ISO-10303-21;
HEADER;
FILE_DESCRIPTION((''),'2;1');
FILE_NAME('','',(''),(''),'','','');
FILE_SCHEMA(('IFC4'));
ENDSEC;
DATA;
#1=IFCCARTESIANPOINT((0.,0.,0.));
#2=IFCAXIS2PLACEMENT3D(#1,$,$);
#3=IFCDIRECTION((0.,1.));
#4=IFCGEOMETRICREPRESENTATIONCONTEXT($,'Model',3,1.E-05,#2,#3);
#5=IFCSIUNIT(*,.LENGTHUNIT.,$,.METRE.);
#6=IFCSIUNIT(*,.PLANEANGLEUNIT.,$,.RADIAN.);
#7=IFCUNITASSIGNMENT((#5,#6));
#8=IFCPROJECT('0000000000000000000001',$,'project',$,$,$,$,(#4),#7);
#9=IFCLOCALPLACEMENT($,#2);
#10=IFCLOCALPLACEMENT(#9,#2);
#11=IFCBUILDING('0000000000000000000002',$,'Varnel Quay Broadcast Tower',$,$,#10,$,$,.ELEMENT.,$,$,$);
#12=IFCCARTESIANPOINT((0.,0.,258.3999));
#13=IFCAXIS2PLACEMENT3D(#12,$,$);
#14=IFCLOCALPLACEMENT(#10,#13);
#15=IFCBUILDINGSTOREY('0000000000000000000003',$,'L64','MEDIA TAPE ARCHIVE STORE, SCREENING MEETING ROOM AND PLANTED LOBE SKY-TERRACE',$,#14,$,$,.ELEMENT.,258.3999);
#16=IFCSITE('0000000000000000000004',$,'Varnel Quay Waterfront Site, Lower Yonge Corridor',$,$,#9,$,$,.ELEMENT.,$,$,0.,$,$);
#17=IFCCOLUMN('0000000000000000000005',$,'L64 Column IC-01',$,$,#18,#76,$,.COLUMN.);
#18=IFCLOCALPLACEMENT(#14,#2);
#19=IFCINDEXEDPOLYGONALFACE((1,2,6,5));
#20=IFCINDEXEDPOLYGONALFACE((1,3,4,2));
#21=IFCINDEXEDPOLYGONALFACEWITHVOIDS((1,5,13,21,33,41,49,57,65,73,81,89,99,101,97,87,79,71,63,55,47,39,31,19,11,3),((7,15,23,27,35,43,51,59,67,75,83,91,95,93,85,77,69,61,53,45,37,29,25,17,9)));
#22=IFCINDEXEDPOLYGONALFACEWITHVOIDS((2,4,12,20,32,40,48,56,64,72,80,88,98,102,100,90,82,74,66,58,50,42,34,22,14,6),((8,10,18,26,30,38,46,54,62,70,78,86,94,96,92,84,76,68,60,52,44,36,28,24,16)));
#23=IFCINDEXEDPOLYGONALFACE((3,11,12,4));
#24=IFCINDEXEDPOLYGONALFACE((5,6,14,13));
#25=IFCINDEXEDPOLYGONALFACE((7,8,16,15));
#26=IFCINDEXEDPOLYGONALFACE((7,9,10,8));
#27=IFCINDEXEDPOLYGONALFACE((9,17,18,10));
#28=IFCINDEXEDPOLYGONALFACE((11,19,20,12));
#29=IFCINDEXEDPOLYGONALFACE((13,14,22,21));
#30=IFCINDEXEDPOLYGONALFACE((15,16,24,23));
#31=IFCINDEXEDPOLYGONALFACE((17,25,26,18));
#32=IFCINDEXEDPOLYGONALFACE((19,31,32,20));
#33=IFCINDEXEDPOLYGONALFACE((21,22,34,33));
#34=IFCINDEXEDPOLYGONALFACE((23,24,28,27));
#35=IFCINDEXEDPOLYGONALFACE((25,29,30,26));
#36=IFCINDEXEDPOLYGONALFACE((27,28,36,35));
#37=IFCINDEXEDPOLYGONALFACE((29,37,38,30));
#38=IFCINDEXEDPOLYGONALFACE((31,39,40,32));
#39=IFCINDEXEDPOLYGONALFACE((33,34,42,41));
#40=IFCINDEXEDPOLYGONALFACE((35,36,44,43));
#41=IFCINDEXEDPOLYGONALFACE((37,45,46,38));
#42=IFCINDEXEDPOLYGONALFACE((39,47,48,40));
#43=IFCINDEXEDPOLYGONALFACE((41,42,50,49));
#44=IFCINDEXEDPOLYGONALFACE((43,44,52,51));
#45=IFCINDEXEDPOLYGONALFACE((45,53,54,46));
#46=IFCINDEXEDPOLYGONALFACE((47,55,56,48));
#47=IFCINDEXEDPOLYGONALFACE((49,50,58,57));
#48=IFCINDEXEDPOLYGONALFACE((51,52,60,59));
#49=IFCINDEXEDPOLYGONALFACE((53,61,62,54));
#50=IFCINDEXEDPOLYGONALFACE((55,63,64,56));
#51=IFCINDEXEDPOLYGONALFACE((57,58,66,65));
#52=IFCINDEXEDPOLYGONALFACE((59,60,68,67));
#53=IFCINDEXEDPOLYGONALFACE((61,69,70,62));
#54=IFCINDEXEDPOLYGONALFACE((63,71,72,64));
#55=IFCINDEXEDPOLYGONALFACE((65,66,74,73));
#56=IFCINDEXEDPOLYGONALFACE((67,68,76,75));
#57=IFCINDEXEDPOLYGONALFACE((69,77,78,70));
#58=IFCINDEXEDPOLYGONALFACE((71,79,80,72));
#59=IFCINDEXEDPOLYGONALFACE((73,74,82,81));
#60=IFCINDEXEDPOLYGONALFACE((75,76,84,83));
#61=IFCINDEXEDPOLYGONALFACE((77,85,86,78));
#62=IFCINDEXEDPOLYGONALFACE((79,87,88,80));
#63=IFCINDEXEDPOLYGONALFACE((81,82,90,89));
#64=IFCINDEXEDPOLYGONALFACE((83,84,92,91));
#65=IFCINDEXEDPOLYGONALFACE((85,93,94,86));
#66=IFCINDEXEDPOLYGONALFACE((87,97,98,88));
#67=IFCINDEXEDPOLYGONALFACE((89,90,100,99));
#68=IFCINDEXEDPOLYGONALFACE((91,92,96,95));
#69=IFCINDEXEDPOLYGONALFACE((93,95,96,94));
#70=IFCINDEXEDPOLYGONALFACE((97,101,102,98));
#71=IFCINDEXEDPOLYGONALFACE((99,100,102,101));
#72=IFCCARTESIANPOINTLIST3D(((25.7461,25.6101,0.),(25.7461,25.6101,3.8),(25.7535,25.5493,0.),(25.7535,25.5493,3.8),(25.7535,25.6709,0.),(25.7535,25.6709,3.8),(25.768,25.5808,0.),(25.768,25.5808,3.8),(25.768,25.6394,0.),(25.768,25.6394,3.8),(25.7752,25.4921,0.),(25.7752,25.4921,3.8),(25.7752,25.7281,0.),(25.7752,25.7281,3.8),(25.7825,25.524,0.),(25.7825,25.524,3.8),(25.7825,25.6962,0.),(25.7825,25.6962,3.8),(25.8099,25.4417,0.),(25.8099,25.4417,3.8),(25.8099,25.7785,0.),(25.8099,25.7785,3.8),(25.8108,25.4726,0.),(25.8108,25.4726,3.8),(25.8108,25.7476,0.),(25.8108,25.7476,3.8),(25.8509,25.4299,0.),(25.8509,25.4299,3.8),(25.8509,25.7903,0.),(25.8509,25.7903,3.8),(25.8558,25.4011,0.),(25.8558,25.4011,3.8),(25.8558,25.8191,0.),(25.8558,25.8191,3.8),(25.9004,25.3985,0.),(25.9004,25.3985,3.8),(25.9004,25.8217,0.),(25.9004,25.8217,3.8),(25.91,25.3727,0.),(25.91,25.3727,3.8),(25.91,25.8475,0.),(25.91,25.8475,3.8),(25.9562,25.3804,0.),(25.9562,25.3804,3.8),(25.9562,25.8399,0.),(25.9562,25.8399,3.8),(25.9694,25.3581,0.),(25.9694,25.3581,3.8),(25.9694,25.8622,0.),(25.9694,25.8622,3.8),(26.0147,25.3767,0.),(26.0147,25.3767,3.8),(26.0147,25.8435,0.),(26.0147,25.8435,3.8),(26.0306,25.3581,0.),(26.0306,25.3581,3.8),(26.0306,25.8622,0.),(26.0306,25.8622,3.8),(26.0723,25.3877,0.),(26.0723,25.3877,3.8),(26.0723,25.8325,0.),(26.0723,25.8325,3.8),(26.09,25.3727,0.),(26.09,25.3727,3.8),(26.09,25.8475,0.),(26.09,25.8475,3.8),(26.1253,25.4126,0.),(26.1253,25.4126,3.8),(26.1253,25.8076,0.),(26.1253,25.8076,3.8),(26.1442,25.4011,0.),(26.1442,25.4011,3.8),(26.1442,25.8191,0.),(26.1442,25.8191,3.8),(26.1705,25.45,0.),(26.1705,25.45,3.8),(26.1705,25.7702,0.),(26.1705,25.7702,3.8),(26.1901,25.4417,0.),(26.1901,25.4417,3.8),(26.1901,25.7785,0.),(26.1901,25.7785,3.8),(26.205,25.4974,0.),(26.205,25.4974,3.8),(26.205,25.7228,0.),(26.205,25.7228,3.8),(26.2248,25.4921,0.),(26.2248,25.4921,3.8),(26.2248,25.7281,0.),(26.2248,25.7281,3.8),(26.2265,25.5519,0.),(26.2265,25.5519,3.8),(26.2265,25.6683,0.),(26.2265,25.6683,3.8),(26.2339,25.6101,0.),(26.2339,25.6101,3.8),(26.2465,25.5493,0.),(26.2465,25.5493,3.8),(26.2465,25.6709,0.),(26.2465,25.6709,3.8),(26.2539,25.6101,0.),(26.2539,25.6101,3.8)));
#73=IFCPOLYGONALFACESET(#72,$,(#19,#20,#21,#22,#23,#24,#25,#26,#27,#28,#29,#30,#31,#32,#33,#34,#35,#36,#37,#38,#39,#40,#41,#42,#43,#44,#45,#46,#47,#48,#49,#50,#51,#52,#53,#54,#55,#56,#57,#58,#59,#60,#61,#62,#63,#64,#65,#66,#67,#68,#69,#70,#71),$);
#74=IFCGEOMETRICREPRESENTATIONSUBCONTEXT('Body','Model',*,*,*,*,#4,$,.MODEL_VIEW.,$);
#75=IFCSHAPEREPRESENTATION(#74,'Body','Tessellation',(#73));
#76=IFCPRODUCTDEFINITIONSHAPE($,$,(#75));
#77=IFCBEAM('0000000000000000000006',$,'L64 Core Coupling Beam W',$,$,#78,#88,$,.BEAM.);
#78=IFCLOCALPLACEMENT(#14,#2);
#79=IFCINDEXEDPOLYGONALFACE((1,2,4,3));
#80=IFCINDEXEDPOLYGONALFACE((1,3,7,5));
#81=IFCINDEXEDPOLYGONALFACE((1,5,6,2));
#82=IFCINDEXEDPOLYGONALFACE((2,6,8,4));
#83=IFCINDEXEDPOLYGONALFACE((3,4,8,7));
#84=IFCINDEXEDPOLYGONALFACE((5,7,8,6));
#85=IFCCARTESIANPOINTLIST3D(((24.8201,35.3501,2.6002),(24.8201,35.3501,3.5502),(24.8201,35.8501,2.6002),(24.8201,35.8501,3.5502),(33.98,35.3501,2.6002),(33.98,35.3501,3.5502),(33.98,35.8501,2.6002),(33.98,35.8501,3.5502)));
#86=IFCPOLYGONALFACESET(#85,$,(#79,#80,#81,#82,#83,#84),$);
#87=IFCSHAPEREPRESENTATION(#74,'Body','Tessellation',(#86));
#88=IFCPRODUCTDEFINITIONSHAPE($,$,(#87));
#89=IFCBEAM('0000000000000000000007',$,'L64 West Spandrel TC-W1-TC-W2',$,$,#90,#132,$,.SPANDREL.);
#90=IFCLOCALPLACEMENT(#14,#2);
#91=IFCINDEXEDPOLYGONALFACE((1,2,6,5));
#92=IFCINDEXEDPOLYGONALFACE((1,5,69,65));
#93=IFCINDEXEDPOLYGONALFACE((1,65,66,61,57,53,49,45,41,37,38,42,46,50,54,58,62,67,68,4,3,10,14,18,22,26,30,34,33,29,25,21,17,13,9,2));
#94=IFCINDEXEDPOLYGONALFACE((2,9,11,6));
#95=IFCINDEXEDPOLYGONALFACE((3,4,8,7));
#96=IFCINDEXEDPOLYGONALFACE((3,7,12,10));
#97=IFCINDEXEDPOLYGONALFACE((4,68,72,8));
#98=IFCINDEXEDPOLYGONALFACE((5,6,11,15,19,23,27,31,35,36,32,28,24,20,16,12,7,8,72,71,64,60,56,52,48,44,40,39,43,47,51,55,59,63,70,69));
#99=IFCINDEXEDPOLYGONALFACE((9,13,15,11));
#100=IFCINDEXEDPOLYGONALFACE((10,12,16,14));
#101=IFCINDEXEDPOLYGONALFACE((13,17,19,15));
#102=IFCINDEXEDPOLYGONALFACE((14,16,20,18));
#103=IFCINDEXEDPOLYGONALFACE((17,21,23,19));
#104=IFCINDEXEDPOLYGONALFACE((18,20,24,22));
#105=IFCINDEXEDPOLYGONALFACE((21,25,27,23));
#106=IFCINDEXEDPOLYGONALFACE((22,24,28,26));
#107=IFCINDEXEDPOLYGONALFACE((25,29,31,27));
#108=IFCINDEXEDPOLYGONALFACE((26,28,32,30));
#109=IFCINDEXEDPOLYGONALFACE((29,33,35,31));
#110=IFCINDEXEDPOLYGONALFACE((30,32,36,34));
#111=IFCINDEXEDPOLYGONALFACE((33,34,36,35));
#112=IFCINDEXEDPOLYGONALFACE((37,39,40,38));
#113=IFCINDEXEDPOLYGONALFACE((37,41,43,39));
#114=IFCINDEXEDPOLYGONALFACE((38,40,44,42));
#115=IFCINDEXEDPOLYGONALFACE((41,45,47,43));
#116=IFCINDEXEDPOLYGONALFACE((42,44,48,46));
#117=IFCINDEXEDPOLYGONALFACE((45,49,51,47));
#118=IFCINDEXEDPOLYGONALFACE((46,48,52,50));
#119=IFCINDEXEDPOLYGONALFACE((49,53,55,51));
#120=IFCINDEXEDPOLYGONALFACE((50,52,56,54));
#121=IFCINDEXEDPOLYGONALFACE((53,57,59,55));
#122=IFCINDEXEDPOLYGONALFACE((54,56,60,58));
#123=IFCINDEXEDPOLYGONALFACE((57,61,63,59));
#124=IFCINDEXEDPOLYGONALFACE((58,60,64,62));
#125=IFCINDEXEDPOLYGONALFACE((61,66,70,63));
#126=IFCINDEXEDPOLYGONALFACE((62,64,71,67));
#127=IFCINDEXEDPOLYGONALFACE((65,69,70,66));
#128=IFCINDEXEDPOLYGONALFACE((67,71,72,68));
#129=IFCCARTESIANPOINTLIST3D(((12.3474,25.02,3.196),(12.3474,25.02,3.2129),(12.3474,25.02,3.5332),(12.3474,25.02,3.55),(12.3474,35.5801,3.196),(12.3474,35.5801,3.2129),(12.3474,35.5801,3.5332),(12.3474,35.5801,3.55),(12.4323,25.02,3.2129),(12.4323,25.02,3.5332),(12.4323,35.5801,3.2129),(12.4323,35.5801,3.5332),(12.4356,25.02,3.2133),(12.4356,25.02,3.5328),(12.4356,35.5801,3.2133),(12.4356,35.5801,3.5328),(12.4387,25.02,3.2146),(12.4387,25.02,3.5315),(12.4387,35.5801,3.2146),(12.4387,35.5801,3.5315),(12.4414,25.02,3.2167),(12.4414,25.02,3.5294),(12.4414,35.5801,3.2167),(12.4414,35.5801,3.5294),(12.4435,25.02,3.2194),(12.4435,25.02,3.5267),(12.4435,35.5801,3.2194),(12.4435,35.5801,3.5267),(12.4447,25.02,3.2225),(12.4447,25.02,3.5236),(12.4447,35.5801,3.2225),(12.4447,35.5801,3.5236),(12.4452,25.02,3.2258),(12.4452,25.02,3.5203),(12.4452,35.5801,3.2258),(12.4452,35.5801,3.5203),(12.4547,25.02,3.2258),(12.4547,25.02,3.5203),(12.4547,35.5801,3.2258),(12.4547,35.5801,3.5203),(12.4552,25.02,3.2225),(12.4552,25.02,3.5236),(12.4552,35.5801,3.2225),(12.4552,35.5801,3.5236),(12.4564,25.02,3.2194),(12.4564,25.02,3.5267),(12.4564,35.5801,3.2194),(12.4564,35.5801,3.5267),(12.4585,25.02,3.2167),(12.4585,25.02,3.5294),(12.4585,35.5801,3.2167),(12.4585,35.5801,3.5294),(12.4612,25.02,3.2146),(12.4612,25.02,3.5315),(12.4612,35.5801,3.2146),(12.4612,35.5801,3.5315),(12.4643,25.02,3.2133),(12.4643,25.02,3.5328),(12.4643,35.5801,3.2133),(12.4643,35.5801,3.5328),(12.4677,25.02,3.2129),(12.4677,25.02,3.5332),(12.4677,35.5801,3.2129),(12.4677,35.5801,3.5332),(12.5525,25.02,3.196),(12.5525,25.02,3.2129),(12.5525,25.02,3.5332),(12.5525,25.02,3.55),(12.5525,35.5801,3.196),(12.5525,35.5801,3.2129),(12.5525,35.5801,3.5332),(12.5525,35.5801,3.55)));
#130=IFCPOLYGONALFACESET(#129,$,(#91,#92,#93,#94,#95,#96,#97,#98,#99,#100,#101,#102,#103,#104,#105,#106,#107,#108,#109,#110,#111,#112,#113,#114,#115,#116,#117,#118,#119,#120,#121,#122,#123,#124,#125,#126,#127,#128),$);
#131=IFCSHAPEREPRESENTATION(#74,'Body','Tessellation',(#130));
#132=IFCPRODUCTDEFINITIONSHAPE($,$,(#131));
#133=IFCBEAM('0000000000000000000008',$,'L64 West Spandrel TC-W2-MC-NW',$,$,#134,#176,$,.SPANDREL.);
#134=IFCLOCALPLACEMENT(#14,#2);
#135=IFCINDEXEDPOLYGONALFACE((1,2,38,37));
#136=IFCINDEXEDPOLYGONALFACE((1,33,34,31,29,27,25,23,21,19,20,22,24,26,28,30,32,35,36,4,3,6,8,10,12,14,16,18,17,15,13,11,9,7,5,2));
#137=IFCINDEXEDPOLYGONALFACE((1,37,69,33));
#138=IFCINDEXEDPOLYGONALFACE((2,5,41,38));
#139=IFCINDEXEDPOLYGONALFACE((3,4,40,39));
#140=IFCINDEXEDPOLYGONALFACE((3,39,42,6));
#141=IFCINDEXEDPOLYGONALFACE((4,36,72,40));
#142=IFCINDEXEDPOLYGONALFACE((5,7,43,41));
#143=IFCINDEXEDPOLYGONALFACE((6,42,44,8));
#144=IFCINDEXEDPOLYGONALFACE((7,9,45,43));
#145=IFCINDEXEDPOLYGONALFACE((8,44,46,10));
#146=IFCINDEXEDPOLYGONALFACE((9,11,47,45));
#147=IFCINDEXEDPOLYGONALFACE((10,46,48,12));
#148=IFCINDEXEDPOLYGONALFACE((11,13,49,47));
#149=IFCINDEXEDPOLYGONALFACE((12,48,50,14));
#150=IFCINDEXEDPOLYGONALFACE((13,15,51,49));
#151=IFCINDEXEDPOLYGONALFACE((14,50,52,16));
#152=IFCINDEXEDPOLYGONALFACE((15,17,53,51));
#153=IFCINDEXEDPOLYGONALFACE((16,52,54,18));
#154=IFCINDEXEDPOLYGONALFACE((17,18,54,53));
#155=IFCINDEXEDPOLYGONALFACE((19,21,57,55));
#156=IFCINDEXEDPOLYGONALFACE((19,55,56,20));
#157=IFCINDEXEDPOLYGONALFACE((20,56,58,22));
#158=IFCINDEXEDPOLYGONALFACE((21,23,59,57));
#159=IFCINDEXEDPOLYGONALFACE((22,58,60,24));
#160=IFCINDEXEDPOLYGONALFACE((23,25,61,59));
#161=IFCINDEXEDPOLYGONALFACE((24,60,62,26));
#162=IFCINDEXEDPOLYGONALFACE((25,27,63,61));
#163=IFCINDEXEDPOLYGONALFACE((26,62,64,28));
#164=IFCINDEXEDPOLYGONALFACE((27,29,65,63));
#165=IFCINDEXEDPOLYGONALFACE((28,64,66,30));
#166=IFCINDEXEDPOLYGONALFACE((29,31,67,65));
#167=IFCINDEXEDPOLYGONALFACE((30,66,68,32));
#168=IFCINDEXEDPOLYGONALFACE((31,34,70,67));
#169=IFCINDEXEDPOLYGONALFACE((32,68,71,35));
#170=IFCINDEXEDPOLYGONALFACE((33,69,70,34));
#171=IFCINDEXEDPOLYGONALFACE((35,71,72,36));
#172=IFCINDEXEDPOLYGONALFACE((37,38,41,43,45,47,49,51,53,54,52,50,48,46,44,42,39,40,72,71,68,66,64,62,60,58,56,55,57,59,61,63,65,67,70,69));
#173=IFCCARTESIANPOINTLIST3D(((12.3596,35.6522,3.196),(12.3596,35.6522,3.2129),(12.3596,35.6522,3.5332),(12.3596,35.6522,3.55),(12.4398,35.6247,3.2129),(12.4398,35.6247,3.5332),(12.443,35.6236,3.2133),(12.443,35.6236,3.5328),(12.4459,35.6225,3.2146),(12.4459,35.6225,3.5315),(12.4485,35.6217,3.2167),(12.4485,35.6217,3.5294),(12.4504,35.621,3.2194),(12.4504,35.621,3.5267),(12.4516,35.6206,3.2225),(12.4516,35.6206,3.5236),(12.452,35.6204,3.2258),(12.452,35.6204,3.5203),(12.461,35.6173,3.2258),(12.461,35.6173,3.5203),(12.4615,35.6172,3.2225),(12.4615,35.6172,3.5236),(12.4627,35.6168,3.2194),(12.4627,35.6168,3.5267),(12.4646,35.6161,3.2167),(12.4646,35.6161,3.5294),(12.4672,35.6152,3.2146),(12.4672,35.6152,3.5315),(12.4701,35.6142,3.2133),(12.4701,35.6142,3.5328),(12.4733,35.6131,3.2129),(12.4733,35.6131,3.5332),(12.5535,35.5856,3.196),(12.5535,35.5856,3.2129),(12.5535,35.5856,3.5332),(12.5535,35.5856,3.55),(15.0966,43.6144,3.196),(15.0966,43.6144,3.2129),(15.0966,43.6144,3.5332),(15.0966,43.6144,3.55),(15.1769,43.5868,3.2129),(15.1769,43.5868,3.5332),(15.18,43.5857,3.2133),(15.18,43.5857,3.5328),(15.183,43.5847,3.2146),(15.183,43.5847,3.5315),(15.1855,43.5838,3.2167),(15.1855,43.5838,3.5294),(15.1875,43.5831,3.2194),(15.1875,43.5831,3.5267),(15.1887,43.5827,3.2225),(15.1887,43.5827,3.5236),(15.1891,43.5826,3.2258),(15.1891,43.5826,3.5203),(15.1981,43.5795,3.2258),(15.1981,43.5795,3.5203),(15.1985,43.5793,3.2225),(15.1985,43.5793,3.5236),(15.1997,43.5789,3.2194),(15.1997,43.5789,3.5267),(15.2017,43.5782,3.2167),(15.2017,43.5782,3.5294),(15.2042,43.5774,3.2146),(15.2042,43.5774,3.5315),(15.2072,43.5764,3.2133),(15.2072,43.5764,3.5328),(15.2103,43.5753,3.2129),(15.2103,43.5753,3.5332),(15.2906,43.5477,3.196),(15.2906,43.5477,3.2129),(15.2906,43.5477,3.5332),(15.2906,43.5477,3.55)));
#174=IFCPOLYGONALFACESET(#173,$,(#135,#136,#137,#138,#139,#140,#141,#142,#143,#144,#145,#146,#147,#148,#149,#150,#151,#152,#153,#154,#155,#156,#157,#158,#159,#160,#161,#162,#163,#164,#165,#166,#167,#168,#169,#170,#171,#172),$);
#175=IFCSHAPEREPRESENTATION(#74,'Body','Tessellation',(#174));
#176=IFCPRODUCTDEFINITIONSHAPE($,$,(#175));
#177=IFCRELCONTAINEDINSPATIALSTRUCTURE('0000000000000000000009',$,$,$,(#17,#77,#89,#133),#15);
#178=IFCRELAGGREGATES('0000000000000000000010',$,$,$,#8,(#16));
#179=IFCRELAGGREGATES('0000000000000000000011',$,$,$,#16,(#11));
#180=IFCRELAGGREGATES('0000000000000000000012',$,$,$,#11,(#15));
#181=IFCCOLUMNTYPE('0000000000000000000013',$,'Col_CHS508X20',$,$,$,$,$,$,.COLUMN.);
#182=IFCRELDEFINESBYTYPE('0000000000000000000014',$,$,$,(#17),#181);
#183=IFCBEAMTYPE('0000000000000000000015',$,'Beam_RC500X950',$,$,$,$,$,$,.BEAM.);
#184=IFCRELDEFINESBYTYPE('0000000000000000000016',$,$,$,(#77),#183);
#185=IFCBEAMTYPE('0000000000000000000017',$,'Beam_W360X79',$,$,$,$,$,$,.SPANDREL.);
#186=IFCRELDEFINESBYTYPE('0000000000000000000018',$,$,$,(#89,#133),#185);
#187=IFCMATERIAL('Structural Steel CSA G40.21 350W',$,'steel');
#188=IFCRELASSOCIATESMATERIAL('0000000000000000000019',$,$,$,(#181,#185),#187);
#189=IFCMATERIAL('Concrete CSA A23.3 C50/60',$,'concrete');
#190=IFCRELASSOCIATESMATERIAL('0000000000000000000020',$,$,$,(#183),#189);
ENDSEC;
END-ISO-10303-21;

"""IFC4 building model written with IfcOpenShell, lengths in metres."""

from ifc_helpers import new_model, si_unit, direction, frame, origin, origin_2d, place, context, subcontext, project, spatial, rectangle, hollow_circle, i_section, extrude, source, transform, mapped, material, material_profile, profile_set, type_object, type_shapes, element, save


model = new_model("IFC4")

# Units and contexts
model_context = context("Model", 3, precision=1e-05, world=origin(), true_north=direction((0.0, 1.0)))
body_context = subcontext(model_context, "Body", "Model", "MODEL_VIEW")
ifc_project = project(units=[si_unit("LENGTHUNIT", "METRE"), si_unit("PLANEANGLEUNIT", "RADIAN")], contexts=[model_context])

# Site, building, storey
site_placement = place(None, origin())
site = spatial("IfcSite", under=ifc_project, at=site_placement, Name="Varnel Quay Waterfront Site, Lower Yonge Corridor", CompositionType="ELEMENT", RefElevation=0.0)
building_placement = place(site_placement, origin())
building = spatial("IfcBuilding", under=site, at=building_placement, Name="Varnel Quay Broadcast Tower", CompositionType="ELEMENT")
storey_placement = place(building_placement, frame((0.0, 0.0, 258.3999)))
storey = spatial("IfcBuildingStorey", under=building, at=storey_placement, Name="L64", Description="MEDIA TAPE ARCHIVE STORE, SCREENING MEETING ROOM AND PLANTED LOBE SKY-TERRACE", CompositionType="ELEMENT", Elevation=258.3999)

# Column
ifc_material_1 = material(Name="Structural Steel CSA G40.21 350W", Category="steel")
ifc_material_profile_1 = material_profile(ifc_material_1, hollow_circle(Radius=0.2539, WallThickness=0.02, at=origin_2d()), Name="CHS508X20")
ifc_profile_set_1 = profile_set([ifc_material_profile_1], Name="Structural Steel CSA G40.21 350W")
column_type_1 = type_object("IfcColumnType", Name="Col_CHS508X20", PredefinedType="COLUMN", material=ifc_profile_set_1)
shared_shape_1 = source(origin(), body_context, "Body", "SweptSolid", [
    extrude(hollow_circle(Radius=0.2539, WallThickness=0.02, at=origin_2d()), origin(), (0.0, 0.0, 1.0), 3.8),
])
type_shapes(column_type_1, [shared_shape_1])
column_placement = place(storey_placement, frame((26.0, 25.6101, 0.0), z_axis=(0.0, 0.0, 1.0), x_axis=(1.0, 0.0, 0.0)))
element("IfcColumn", 1, at=column_placement, inside=storey, type_object=column_type_1, Name="L64 Column IC-01", PredefinedType="COLUMN", context=body_context, shape_type="MappedRepresentation", body=[
    mapped(shared_shape_1, transform((0.0, 0.0, 0.0), x_axis=(1.0, 0.0, 0.0), y_axis=(0.0, 1.0, 0.0), z_axis=(0.0, 0.0, 1.0), scale=1.0)),
])

# Beams
ifc_material_2 = material(Name="Concrete CSA A23.3 C50/60", Category="concrete")
ifc_material_profile_2 = material_profile(ifc_material_2, rectangle(XDim=0.5, YDim=0.95, at=origin_2d()), Name="RC500X950")
ifc_profile_set_2 = profile_set([ifc_material_profile_2], Name="Concrete CSA A23.3 C50/60")
beam_type_1 = type_object("IfcBeamType", Name="Beam_RC500X950", PredefinedType="BEAM", material=ifc_profile_set_2)
shared_shape_2 = source(origin(), body_context, "Body", "SweptSolid", [
    extrude(rectangle(XDim=0.5, YDim=0.95, at=origin_2d()), origin(), (0.0, 0.0, 1.0), 9.1599),
])
type_shapes(beam_type_1, [shared_shape_2])
beam_1_placement = place(storey_placement, frame((24.8201, 35.6001, 3.0752), z_axis=(1.0, 0.0, 0.0), x_axis=(0.0, 1.0, 0.0)))
element("IfcBeam", 2, at=beam_1_placement, inside=storey, type_object=beam_type_1, Name="L64 Core Coupling Beam W", PredefinedType="BEAM", context=body_context, shape_type="MappedRepresentation", body=[
    mapped(shared_shape_2, transform((0.0, 0.0, 0.0), x_axis=(1.0, 0.0, 0.0), y_axis=(0.0, 1.0, 0.0), z_axis=(0.0, 0.0, 1.0), scale=1.0)),
])
ifc_material_profile_3 = material_profile(ifc_material_1, i_section(OverallWidth=0.2051, OverallDepth=0.354, WebThickness=0.0095, FlangeThickness=0.0168, FilletRadius=0.0129, at=origin_2d()), Name="W360X79")
ifc_profile_set_3 = profile_set([ifc_material_profile_3], Name="Structural Steel CSA G40.21 350W")
beam_type_2 = type_object("IfcBeamType", Name="Beam_W360X79", PredefinedType="SPANDREL", material=ifc_profile_set_3)
shared_shape_3 = source(origin(), body_context, "Body", "SweptSolid", [
    extrude(i_section(OverallWidth=0.2051, OverallDepth=0.354, WebThickness=0.0095, FlangeThickness=0.0168, FilletRadius=0.0129, at=origin_2d()), origin(), (0.0, 0.0, 1.0), 10.5601),
])
beam_2_placement = place(storey_placement, frame((12.45, 25.02, 3.373), z_axis=(0.0, 1.0, 0.0), x_axis=(-1.0, 0.0, 0.0)))
element("IfcBeam", 3, at=beam_2_placement, inside=storey, type_object=beam_type_2, Name="L64 West Spandrel TC-W1-TC-W2", PredefinedType="SPANDREL", context=body_context, shape_type="MappedRepresentation", body=[
    mapped(shared_shape_3, transform((0.0, 0.0, 0.0), x_axis=(1.0, 0.0, 0.0), y_axis=(0.0, 1.0, 0.0), z_axis=(0.0, 0.0, 1.0), scale=1.0)),
])
shared_shape_4 = source(origin(), body_context, "Body", "SweptSolid", [
    extrude(i_section(OverallWidth=0.2051, OverallDepth=0.354, WebThickness=0.0095, FlangeThickness=0.0168, FilletRadius=0.0129, at=origin_2d()), origin(), (0.0, 0.0, 1.0), 8.4194),
])
type_shapes(beam_type_2, [shared_shape_3, shared_shape_4])
beam_3_placement = place(storey_placement, frame((12.4565, 35.6189, 3.373), z_axis=(0.325087, 0.945684, 0.0), x_axis=(-0.945684, 0.325087, 0.0)))
element("IfcBeam", 4, at=beam_3_placement, inside=storey, type_object=beam_type_2, Name="L64 West Spandrel TC-W2-MC-NW", PredefinedType="SPANDREL", context=body_context, shape_type="MappedRepresentation", body=[
    mapped(shared_shape_4, transform((0.0, 0.0, 0.0), x_axis=(1.0, 0.0, 0.0), y_axis=(0.0, 1.0, 0.0), z_axis=(0.0, 0.0, 1.0), scale=1.0)),
])

save(model, "model.ifc")
